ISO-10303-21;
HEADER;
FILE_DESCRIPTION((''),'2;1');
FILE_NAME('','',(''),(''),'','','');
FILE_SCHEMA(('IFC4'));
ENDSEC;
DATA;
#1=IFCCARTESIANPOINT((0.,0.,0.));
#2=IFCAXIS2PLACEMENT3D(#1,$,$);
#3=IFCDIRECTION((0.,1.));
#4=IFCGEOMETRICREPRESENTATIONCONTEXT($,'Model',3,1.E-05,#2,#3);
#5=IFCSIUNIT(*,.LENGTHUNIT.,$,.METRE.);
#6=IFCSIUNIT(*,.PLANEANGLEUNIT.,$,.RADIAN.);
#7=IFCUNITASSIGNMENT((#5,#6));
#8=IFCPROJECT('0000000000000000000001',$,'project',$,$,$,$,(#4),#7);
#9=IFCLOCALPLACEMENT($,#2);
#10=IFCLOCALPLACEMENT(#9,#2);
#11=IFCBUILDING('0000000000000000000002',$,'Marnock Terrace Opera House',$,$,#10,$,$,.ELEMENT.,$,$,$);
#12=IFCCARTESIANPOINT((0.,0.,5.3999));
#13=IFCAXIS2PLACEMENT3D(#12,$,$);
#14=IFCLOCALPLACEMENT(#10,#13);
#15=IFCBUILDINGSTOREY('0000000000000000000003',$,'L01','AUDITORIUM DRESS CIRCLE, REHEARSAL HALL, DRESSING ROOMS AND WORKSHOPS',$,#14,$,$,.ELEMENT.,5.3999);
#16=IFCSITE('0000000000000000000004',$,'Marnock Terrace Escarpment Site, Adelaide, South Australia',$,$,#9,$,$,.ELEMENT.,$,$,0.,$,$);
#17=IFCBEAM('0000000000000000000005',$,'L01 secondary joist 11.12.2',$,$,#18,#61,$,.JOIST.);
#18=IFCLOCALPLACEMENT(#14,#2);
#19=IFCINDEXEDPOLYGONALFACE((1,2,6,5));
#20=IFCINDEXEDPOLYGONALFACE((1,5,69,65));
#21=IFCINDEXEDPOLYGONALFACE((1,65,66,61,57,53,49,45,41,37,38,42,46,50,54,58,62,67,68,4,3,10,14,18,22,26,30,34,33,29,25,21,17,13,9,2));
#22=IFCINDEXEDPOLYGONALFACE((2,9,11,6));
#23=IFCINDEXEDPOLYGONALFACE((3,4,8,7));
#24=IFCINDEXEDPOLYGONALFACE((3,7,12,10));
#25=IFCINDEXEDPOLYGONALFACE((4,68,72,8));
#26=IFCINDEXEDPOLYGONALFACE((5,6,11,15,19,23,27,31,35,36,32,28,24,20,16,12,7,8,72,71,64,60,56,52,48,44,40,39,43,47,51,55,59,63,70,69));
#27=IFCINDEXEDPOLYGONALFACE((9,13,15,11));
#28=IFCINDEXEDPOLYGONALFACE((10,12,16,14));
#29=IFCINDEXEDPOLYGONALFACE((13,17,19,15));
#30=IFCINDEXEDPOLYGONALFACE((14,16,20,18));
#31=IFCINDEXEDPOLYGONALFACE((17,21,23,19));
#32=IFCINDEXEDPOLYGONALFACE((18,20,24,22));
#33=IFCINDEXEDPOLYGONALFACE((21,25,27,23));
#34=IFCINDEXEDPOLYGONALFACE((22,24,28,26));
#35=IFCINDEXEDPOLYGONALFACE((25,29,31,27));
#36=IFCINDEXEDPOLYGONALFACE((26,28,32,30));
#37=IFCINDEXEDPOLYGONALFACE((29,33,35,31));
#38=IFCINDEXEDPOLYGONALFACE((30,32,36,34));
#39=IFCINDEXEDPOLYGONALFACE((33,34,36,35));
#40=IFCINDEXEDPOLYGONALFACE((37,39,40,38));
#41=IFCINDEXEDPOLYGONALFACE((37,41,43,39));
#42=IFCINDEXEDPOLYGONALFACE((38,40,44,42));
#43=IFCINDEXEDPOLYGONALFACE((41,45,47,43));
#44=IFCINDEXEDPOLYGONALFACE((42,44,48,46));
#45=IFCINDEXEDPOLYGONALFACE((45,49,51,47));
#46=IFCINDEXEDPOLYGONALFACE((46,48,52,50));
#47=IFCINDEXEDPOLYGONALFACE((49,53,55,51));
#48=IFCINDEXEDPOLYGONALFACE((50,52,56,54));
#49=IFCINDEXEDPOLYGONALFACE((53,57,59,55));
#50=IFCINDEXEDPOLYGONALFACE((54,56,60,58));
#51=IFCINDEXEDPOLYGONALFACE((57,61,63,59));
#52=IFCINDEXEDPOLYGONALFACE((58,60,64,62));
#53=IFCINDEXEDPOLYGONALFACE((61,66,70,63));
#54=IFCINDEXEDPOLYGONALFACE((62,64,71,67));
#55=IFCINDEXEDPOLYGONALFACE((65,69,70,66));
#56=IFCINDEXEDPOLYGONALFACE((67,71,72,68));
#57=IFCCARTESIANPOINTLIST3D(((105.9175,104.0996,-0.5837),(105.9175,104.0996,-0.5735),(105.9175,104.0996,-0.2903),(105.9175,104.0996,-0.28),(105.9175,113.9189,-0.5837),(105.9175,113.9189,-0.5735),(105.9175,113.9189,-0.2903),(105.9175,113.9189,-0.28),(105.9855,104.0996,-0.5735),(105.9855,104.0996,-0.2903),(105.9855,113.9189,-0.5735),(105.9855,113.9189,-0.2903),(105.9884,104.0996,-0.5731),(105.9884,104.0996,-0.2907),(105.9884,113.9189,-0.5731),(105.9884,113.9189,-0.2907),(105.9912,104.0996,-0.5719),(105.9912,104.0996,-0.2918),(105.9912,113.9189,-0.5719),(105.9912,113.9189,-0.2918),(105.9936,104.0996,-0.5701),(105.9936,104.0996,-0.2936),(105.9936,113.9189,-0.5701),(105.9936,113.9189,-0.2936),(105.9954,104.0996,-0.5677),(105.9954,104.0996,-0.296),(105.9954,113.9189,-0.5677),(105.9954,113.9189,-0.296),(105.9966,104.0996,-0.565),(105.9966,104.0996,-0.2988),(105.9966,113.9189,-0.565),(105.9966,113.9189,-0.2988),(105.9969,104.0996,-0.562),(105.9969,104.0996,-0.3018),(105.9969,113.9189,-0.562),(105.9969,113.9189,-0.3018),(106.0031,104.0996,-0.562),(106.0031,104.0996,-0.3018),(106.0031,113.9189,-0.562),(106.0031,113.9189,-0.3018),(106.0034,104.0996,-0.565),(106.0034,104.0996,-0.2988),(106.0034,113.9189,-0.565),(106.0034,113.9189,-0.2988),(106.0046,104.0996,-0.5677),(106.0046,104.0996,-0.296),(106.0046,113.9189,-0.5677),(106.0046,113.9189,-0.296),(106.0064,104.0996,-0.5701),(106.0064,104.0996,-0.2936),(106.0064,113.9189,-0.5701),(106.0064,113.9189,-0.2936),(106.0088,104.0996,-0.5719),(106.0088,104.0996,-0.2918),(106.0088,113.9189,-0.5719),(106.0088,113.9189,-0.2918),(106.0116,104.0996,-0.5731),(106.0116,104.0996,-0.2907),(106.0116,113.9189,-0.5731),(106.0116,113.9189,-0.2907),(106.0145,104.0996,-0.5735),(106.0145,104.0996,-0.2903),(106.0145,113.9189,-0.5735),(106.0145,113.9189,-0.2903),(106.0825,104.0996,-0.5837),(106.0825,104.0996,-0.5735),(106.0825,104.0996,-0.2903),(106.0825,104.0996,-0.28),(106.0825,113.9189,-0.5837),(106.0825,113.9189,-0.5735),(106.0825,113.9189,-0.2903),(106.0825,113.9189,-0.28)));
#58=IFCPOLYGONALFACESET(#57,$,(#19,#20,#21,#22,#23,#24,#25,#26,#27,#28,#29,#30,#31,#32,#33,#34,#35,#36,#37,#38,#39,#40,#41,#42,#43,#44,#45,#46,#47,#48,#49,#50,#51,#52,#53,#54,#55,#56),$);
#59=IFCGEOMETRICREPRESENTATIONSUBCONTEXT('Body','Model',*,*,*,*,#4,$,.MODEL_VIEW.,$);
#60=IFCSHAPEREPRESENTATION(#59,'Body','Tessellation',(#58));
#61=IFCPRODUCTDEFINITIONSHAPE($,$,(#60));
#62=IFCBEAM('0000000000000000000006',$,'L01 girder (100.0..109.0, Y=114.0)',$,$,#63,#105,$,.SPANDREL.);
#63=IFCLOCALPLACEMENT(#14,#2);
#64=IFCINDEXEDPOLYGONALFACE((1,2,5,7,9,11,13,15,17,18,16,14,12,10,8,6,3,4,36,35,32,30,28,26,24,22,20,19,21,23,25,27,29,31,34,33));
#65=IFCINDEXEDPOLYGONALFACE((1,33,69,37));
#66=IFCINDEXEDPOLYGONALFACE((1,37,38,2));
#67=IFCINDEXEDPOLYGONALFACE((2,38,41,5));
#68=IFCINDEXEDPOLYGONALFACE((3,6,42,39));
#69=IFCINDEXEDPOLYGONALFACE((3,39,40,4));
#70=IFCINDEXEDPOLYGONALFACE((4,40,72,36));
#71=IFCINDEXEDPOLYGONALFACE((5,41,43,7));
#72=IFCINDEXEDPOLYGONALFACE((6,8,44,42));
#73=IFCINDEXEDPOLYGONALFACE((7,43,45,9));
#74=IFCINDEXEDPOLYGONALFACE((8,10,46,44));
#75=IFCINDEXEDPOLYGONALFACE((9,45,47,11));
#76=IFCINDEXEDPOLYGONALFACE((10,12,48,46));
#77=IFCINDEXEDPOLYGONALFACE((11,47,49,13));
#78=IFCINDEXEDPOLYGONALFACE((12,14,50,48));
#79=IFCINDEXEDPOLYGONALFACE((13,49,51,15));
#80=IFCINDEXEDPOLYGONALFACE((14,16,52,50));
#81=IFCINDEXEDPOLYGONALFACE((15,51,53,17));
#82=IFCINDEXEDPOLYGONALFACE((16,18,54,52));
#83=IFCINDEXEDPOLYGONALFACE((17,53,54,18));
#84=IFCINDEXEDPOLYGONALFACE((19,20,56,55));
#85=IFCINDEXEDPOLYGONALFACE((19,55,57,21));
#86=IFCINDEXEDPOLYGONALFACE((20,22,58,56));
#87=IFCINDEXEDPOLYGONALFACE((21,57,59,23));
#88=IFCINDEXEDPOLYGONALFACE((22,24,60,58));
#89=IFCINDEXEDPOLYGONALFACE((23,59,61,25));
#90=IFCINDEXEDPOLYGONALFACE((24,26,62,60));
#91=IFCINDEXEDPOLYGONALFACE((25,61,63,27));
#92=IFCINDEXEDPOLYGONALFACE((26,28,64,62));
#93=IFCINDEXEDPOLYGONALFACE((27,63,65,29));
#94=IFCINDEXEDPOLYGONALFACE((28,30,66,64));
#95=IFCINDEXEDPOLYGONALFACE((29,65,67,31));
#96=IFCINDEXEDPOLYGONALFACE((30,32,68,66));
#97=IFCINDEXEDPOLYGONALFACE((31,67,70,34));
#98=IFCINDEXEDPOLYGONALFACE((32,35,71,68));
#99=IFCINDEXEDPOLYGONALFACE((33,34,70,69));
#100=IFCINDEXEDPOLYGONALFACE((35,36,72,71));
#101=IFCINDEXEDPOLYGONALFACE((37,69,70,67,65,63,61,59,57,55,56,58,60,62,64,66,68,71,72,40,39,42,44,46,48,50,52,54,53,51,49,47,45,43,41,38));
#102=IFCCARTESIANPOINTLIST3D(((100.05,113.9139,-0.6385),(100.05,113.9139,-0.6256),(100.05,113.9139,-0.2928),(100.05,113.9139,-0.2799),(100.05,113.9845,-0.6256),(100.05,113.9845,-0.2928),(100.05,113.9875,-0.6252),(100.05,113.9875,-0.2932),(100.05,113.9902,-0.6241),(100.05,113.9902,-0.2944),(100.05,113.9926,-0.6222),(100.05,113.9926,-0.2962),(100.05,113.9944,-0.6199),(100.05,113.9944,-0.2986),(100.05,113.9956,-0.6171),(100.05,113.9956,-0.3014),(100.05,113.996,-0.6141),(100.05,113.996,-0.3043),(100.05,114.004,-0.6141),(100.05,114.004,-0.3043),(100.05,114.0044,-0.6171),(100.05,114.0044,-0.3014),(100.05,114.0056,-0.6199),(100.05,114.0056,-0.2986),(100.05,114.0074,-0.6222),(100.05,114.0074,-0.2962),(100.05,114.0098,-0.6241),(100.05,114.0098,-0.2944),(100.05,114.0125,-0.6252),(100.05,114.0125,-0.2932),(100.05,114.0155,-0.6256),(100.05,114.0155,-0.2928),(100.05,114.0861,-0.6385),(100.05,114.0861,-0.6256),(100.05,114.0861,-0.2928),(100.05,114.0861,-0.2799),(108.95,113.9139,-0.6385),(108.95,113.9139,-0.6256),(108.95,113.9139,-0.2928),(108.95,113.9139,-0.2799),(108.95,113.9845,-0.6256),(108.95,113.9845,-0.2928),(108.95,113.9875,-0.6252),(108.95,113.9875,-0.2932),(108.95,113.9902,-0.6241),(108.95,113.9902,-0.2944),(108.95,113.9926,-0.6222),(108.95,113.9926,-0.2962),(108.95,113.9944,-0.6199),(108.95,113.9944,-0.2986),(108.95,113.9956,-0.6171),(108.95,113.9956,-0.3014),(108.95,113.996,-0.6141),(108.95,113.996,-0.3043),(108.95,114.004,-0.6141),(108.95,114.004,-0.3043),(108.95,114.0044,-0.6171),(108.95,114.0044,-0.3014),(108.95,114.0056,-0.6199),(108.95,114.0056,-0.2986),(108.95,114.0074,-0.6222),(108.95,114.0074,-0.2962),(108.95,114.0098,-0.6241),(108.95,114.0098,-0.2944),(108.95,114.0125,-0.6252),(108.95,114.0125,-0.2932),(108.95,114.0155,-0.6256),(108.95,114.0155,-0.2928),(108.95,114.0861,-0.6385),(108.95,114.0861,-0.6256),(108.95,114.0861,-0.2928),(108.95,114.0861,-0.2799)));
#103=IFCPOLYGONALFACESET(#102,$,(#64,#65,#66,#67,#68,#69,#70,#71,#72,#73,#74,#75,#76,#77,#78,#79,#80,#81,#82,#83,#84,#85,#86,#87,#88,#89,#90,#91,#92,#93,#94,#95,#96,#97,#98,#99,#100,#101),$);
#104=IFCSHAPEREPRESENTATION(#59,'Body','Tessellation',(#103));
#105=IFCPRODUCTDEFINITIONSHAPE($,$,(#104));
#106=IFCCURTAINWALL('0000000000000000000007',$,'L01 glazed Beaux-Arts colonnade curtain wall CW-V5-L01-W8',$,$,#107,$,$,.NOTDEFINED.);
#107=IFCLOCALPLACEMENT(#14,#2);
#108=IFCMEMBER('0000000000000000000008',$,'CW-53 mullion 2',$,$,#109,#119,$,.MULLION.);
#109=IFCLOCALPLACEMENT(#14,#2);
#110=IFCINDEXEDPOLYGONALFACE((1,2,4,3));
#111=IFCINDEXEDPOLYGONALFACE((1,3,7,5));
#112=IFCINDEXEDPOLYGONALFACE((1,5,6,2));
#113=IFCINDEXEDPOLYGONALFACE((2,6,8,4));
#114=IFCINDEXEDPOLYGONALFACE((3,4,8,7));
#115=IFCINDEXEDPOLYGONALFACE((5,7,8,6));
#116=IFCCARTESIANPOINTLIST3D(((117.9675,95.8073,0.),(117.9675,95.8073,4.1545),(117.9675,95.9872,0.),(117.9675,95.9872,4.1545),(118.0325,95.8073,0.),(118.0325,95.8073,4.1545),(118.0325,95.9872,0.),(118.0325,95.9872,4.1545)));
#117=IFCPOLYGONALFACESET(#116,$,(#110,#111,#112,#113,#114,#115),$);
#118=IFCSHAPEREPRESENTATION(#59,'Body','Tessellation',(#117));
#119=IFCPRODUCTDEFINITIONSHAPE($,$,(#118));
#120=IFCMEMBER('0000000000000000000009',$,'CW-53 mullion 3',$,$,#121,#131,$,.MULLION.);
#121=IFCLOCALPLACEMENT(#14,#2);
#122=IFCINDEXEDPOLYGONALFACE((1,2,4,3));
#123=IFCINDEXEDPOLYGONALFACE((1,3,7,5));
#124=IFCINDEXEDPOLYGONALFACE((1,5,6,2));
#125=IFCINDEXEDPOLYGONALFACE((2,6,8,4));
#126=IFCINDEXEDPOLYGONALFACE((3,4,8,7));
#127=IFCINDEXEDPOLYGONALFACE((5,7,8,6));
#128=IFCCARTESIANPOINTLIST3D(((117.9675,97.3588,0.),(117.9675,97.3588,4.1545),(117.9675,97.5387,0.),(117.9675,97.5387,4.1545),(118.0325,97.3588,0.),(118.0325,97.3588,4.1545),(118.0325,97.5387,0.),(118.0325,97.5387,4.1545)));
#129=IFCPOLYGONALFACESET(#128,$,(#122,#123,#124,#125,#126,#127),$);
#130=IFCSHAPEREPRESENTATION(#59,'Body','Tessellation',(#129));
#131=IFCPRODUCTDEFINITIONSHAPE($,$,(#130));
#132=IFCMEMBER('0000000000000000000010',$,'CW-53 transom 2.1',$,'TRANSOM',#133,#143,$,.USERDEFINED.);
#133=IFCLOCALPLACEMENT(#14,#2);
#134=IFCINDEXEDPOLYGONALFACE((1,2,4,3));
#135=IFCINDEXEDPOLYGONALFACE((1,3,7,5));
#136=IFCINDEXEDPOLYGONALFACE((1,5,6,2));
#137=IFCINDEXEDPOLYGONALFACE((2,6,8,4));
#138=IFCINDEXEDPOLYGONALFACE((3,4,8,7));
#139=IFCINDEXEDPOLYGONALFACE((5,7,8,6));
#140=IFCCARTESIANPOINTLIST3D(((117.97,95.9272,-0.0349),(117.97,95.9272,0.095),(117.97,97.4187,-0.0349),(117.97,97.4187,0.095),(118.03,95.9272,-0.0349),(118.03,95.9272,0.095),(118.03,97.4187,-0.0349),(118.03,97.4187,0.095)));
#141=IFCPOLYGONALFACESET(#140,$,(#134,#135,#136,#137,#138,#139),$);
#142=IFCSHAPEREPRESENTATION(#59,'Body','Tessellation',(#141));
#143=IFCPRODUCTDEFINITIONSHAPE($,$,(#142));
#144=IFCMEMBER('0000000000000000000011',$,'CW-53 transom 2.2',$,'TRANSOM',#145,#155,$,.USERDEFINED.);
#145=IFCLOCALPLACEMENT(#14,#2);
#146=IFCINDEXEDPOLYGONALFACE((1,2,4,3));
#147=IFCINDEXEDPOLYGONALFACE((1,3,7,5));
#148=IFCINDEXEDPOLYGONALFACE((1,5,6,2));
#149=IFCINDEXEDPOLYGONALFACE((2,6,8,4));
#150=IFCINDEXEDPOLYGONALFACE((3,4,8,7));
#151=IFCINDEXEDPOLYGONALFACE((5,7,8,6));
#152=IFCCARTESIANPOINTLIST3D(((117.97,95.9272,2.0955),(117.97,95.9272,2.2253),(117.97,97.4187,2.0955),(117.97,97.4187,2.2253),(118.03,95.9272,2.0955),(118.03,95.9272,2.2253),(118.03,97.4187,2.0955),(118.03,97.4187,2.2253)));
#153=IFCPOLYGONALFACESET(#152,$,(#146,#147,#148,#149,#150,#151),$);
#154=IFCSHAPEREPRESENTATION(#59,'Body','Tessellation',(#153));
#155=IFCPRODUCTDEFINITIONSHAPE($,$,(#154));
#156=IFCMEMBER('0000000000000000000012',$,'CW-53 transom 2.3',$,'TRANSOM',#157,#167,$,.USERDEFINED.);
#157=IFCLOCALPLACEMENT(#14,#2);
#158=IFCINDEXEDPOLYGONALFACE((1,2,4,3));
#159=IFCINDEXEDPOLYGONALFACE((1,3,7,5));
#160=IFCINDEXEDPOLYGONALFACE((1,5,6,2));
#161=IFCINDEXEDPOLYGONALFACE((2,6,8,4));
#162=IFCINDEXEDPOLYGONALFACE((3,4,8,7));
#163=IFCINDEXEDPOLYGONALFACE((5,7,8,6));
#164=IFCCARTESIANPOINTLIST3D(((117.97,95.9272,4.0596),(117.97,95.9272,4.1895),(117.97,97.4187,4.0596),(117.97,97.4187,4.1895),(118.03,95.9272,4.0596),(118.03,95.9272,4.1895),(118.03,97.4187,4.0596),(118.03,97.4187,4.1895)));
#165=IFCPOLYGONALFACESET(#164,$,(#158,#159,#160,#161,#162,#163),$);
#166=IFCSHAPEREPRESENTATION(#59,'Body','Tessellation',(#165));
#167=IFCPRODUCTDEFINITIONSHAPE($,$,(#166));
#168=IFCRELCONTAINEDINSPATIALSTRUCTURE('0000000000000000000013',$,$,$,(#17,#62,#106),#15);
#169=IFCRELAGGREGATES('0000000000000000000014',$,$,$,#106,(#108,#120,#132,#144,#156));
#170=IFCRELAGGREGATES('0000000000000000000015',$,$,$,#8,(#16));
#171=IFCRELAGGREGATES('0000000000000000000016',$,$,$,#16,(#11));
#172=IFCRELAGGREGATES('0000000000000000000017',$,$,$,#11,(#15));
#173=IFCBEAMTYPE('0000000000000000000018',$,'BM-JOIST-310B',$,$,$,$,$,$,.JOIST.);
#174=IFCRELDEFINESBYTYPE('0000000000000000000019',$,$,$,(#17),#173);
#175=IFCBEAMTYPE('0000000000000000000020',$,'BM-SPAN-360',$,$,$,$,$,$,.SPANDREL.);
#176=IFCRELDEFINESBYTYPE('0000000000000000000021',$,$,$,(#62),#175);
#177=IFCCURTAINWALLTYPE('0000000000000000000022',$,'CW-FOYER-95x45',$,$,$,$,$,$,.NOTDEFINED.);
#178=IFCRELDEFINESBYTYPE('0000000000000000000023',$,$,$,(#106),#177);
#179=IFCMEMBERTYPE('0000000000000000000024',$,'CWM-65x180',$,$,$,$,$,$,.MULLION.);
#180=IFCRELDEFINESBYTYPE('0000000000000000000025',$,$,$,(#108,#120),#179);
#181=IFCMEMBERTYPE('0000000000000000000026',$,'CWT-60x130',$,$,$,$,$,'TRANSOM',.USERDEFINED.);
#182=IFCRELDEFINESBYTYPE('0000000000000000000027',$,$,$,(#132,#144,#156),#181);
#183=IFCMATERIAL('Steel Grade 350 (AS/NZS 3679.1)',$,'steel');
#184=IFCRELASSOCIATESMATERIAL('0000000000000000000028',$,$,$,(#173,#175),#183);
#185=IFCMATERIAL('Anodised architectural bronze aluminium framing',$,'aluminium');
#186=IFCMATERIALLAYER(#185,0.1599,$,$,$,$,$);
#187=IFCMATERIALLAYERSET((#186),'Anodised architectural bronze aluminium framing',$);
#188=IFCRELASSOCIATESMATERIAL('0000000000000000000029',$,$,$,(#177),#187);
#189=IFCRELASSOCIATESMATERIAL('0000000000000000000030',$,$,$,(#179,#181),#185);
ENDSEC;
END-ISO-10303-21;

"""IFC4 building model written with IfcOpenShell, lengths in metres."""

from ifc_helpers import new_model, si_unit, direction, frame, origin, origin_2d, place, context, subcontext, project, spatial, rectangle, i_section, extrude, material, layer, layer_set, material_profile, profile_set, type_object, element, aggregate, save


model = new_model("IFC4")

# Units and contexts
model_context = context("Model", 3, precision=1e-05, world=origin(), true_north=direction((0.0, 1.0)))
body_context = subcontext(model_context, "Body", "Model", "MODEL_VIEW")
ifc_project = project(units=[si_unit("LENGTHUNIT", "METRE"), si_unit("PLANEANGLEUNIT", "RADIAN")], contexts=[model_context])

# Site, building, storey
site_placement = place(None, origin())
site = spatial("IfcSite", under=ifc_project, at=site_placement, Name="Marnock Terrace Escarpment Site, Adelaide, South Australia", CompositionType="ELEMENT", RefElevation=0.0)
building_placement = place(site_placement, origin())
building = spatial("IfcBuilding", under=site, at=building_placement, Name="Marnock Terrace Opera House", CompositionType="ELEMENT")
storey_placement = place(building_placement, frame((0.0, 0.0, 5.3999)))
storey = spatial("IfcBuildingStorey", under=building, at=storey_placement, Name="L01", Description="AUDITORIUM DRESS CIRCLE, REHEARSAL HALL, DRESSING ROOMS AND WORKSHOPS", CompositionType="ELEMENT", Elevation=5.3999)

# Beams
ifc_material_1 = material(Name="Steel Grade 350 (AS/NZS 3679.1)", Category="steel")
ifc_material_profile_1 = material_profile(ifc_material_1, i_section(OverallWidth=0.165, OverallDepth=0.3037, WebThickness=0.0061, FlangeThickness=0.0103, FilletRadius=0.0115, at=origin_2d()))
ifc_profile_set_1 = profile_set([ifc_material_profile_1], Name="Steel Grade 350 (AS/NZS 3679.1)")
beam_type_1 = type_object("IfcBeamType", Name="BM-JOIST-310B", PredefinedType="JOIST", material=ifc_profile_set_1)
for number, where, z_axis, x_axis, name in (
    (1, (106.0, 104.0996, -0.4319), (0.0, 1.0, 0.0), (-1.0, 0.0, 0.0), "L01 secondary joist 11.12.2"),
):
    element("IfcBeam", number, at=place(storey_placement, frame(where, z_axis=z_axis, x_axis=x_axis)), inside=storey, type_object=beam_type_1, Name=name, PredefinedType="JOIST", context=body_context, shape_type="SweptSolid", body=[
        extrude(i_section(OverallWidth=0.165, OverallDepth=0.3037, WebThickness=0.0061, FlangeThickness=0.0103, FilletRadius=0.0115, at=origin_2d()), origin(), (0.0, 0.0, 1.0), 9.8193),
    ])
ifc_material_profile_2 = material_profile(ifc_material_1, i_section(OverallWidth=0.1721, OverallDepth=0.3586, WebThickness=0.0081, FlangeThickness=0.0129, FilletRadius=0.0115, at=origin_2d()))
ifc_profile_set_2 = profile_set([ifc_material_profile_2], Name="Steel Grade 350 (AS/NZS 3679.1)")
beam_type_2 = type_object("IfcBeamType", Name="BM-SPAN-360", PredefinedType="SPANDREL", material=ifc_profile_set_2)
beam_1_placement = place(storey_placement, frame((100.05, 114.0, -0.4592), z_axis=(1.0, 0.0, 0.0), x_axis=(0.0, 1.0, 0.0)))
element("IfcBeam", 2, at=beam_1_placement, inside=storey, type_object=beam_type_2, Name="L01 girder (100.0..109.0, Y=114.0)", PredefinedType="SPANDREL", context=body_context, shape_type="SweptSolid", body=[
    extrude(i_section(OverallWidth=0.1721, OverallDepth=0.3586, WebThickness=0.0081, FlangeThickness=0.0129, FilletRadius=0.0115, at=origin_2d()), origin(), (0.0, 0.0, 1.0), 8.8999),
])

# Curtain wall, members
ifc_material_2 = material(Name="Anodised architectural bronze aluminium framing", Category="aluminium")
ifc_layer_1 = layer(ifc_material_2, 0.1599)
ifc_layer_set_1 = layer_set([ifc_layer_1], Name="Anodised architectural bronze aluminium framing")
curtain_wall_type = type_object("IfcCurtainWallType", Name="CW-FOYER-95x45", PredefinedType="NOTDEFINED", material=ifc_layer_set_1)
curtain_wall_placement = place(storey_placement, origin())
curtain_wall = element("IfcCurtainWall", 3, at=curtain_wall_placement, inside=storey, type_object=curtain_wall_type, Name="L01 glazed Beaux-Arts colonnade curtain wall CW-V5-L01-W8", PredefinedType="NOTDEFINED")
ifc_material_profile_3 = material_profile(ifc_material_2, rectangle(XDim=0.0649, YDim=0.1799, at=origin_2d()))
ifc_profile_set_3 = profile_set([ifc_material_profile_3], Name="Anodised architectural bronze aluminium framing")
member_type_1 = type_object("IfcMemberType", Name="CWM-65x180", PredefinedType="MULLION", material=ifc_profile_set_3)
member_1_placement = place(storey_placement, frame((118.0, 95.8972, 0.0), z_axis=(0.0, 0.0, 1.0), x_axis=(-1.0, 0.0, 0.0)))
member_1 = element("IfcMember", 4, at=member_1_placement, type_object=member_type_1, Name="CW-53 mullion 2", PredefinedType="MULLION", context=body_context, shape_type="SweptSolid", body=[
    extrude(rectangle(XDim=0.0649, YDim=0.1799, at=origin_2d()), origin(), (0.0, 0.0, 1.0), 4.1545),
])
member_2_placement = place(storey_placement, frame((118.0, 97.4487, 0.0), z_axis=(0.0, 0.0, 1.0), x_axis=(-1.0, 0.0, 0.0)))
member_2 = element("IfcMember", 5, at=member_2_placement, type_object=member_type_1, Name="CW-53 mullion 3", PredefinedType="MULLION", context=body_context, shape_type="SweptSolid", body=[
    extrude(rectangle(XDim=0.0649, YDim=0.1799, at=origin_2d()), origin(), (0.0, 0.0, 1.0), 4.1545),
])
ifc_material_profile_4 = material_profile(ifc_material_2, rectangle(XDim=0.0601, YDim=0.1299, at=origin_2d()))
ifc_profile_set_4 = profile_set([ifc_material_profile_4], Name="Anodised architectural bronze aluminium framing")
member_type_2 = type_object("IfcMemberType", Name="CWT-60x130", ElementType="TRANSOM", PredefinedType="USERDEFINED", material=ifc_profile_set_4)
member_3_placement = place(storey_placement, frame((118.0, 95.9272, 0.03), z_axis=(0.0, 1.0, 0.0), x_axis=(-1.0, 0.0, 0.0)))
member_3 = element("IfcMember", 6, at=member_3_placement, type_object=member_type_2, Name="CW-53 transom 2.1", ObjectType="TRANSOM", PredefinedType="USERDEFINED", context=body_context, shape_type="SweptSolid", body=[
    extrude(rectangle(XDim=0.0601, YDim=0.1299, at=origin_2d()), origin(), (0.0, 0.0, 1.0), 1.4915),
])
member_4_placement = place(storey_placement, frame((118.0, 95.9272, 2.1604), z_axis=(0.0, 1.0, 0.0), x_axis=(-1.0, 0.0, 0.0)))
member_4 = element("IfcMember", 7, at=member_4_placement, type_object=member_type_2, Name="CW-53 transom 2.2", ObjectType="TRANSOM", PredefinedType="USERDEFINED", context=body_context, shape_type="SweptSolid", body=[
    extrude(rectangle(XDim=0.0601, YDim=0.1299, at=origin_2d()), origin(), (0.0, 0.0, 1.0), 1.4915),
])
member_5_placement = place(storey_placement, frame((118.0, 95.9272, 4.1245), z_axis=(0.0, 1.0, 0.0), x_axis=(-1.0, 0.0, 0.0)))
member_5 = element("IfcMember", 8, at=member_5_placement, type_object=member_type_2, Name="CW-53 transom 2.3", ObjectType="TRANSOM", PredefinedType="USERDEFINED", context=body_context, shape_type="SweptSolid", body=[
    extrude(rectangle(XDim=0.0601, YDim=0.1299, at=origin_2d()), origin(), (0.0, 0.0, 1.0), 1.4915),
])

aggregate(curtain_wall, [member_1, member_2, member_3, member_4, member_5])

save(model, "model.ifc")
